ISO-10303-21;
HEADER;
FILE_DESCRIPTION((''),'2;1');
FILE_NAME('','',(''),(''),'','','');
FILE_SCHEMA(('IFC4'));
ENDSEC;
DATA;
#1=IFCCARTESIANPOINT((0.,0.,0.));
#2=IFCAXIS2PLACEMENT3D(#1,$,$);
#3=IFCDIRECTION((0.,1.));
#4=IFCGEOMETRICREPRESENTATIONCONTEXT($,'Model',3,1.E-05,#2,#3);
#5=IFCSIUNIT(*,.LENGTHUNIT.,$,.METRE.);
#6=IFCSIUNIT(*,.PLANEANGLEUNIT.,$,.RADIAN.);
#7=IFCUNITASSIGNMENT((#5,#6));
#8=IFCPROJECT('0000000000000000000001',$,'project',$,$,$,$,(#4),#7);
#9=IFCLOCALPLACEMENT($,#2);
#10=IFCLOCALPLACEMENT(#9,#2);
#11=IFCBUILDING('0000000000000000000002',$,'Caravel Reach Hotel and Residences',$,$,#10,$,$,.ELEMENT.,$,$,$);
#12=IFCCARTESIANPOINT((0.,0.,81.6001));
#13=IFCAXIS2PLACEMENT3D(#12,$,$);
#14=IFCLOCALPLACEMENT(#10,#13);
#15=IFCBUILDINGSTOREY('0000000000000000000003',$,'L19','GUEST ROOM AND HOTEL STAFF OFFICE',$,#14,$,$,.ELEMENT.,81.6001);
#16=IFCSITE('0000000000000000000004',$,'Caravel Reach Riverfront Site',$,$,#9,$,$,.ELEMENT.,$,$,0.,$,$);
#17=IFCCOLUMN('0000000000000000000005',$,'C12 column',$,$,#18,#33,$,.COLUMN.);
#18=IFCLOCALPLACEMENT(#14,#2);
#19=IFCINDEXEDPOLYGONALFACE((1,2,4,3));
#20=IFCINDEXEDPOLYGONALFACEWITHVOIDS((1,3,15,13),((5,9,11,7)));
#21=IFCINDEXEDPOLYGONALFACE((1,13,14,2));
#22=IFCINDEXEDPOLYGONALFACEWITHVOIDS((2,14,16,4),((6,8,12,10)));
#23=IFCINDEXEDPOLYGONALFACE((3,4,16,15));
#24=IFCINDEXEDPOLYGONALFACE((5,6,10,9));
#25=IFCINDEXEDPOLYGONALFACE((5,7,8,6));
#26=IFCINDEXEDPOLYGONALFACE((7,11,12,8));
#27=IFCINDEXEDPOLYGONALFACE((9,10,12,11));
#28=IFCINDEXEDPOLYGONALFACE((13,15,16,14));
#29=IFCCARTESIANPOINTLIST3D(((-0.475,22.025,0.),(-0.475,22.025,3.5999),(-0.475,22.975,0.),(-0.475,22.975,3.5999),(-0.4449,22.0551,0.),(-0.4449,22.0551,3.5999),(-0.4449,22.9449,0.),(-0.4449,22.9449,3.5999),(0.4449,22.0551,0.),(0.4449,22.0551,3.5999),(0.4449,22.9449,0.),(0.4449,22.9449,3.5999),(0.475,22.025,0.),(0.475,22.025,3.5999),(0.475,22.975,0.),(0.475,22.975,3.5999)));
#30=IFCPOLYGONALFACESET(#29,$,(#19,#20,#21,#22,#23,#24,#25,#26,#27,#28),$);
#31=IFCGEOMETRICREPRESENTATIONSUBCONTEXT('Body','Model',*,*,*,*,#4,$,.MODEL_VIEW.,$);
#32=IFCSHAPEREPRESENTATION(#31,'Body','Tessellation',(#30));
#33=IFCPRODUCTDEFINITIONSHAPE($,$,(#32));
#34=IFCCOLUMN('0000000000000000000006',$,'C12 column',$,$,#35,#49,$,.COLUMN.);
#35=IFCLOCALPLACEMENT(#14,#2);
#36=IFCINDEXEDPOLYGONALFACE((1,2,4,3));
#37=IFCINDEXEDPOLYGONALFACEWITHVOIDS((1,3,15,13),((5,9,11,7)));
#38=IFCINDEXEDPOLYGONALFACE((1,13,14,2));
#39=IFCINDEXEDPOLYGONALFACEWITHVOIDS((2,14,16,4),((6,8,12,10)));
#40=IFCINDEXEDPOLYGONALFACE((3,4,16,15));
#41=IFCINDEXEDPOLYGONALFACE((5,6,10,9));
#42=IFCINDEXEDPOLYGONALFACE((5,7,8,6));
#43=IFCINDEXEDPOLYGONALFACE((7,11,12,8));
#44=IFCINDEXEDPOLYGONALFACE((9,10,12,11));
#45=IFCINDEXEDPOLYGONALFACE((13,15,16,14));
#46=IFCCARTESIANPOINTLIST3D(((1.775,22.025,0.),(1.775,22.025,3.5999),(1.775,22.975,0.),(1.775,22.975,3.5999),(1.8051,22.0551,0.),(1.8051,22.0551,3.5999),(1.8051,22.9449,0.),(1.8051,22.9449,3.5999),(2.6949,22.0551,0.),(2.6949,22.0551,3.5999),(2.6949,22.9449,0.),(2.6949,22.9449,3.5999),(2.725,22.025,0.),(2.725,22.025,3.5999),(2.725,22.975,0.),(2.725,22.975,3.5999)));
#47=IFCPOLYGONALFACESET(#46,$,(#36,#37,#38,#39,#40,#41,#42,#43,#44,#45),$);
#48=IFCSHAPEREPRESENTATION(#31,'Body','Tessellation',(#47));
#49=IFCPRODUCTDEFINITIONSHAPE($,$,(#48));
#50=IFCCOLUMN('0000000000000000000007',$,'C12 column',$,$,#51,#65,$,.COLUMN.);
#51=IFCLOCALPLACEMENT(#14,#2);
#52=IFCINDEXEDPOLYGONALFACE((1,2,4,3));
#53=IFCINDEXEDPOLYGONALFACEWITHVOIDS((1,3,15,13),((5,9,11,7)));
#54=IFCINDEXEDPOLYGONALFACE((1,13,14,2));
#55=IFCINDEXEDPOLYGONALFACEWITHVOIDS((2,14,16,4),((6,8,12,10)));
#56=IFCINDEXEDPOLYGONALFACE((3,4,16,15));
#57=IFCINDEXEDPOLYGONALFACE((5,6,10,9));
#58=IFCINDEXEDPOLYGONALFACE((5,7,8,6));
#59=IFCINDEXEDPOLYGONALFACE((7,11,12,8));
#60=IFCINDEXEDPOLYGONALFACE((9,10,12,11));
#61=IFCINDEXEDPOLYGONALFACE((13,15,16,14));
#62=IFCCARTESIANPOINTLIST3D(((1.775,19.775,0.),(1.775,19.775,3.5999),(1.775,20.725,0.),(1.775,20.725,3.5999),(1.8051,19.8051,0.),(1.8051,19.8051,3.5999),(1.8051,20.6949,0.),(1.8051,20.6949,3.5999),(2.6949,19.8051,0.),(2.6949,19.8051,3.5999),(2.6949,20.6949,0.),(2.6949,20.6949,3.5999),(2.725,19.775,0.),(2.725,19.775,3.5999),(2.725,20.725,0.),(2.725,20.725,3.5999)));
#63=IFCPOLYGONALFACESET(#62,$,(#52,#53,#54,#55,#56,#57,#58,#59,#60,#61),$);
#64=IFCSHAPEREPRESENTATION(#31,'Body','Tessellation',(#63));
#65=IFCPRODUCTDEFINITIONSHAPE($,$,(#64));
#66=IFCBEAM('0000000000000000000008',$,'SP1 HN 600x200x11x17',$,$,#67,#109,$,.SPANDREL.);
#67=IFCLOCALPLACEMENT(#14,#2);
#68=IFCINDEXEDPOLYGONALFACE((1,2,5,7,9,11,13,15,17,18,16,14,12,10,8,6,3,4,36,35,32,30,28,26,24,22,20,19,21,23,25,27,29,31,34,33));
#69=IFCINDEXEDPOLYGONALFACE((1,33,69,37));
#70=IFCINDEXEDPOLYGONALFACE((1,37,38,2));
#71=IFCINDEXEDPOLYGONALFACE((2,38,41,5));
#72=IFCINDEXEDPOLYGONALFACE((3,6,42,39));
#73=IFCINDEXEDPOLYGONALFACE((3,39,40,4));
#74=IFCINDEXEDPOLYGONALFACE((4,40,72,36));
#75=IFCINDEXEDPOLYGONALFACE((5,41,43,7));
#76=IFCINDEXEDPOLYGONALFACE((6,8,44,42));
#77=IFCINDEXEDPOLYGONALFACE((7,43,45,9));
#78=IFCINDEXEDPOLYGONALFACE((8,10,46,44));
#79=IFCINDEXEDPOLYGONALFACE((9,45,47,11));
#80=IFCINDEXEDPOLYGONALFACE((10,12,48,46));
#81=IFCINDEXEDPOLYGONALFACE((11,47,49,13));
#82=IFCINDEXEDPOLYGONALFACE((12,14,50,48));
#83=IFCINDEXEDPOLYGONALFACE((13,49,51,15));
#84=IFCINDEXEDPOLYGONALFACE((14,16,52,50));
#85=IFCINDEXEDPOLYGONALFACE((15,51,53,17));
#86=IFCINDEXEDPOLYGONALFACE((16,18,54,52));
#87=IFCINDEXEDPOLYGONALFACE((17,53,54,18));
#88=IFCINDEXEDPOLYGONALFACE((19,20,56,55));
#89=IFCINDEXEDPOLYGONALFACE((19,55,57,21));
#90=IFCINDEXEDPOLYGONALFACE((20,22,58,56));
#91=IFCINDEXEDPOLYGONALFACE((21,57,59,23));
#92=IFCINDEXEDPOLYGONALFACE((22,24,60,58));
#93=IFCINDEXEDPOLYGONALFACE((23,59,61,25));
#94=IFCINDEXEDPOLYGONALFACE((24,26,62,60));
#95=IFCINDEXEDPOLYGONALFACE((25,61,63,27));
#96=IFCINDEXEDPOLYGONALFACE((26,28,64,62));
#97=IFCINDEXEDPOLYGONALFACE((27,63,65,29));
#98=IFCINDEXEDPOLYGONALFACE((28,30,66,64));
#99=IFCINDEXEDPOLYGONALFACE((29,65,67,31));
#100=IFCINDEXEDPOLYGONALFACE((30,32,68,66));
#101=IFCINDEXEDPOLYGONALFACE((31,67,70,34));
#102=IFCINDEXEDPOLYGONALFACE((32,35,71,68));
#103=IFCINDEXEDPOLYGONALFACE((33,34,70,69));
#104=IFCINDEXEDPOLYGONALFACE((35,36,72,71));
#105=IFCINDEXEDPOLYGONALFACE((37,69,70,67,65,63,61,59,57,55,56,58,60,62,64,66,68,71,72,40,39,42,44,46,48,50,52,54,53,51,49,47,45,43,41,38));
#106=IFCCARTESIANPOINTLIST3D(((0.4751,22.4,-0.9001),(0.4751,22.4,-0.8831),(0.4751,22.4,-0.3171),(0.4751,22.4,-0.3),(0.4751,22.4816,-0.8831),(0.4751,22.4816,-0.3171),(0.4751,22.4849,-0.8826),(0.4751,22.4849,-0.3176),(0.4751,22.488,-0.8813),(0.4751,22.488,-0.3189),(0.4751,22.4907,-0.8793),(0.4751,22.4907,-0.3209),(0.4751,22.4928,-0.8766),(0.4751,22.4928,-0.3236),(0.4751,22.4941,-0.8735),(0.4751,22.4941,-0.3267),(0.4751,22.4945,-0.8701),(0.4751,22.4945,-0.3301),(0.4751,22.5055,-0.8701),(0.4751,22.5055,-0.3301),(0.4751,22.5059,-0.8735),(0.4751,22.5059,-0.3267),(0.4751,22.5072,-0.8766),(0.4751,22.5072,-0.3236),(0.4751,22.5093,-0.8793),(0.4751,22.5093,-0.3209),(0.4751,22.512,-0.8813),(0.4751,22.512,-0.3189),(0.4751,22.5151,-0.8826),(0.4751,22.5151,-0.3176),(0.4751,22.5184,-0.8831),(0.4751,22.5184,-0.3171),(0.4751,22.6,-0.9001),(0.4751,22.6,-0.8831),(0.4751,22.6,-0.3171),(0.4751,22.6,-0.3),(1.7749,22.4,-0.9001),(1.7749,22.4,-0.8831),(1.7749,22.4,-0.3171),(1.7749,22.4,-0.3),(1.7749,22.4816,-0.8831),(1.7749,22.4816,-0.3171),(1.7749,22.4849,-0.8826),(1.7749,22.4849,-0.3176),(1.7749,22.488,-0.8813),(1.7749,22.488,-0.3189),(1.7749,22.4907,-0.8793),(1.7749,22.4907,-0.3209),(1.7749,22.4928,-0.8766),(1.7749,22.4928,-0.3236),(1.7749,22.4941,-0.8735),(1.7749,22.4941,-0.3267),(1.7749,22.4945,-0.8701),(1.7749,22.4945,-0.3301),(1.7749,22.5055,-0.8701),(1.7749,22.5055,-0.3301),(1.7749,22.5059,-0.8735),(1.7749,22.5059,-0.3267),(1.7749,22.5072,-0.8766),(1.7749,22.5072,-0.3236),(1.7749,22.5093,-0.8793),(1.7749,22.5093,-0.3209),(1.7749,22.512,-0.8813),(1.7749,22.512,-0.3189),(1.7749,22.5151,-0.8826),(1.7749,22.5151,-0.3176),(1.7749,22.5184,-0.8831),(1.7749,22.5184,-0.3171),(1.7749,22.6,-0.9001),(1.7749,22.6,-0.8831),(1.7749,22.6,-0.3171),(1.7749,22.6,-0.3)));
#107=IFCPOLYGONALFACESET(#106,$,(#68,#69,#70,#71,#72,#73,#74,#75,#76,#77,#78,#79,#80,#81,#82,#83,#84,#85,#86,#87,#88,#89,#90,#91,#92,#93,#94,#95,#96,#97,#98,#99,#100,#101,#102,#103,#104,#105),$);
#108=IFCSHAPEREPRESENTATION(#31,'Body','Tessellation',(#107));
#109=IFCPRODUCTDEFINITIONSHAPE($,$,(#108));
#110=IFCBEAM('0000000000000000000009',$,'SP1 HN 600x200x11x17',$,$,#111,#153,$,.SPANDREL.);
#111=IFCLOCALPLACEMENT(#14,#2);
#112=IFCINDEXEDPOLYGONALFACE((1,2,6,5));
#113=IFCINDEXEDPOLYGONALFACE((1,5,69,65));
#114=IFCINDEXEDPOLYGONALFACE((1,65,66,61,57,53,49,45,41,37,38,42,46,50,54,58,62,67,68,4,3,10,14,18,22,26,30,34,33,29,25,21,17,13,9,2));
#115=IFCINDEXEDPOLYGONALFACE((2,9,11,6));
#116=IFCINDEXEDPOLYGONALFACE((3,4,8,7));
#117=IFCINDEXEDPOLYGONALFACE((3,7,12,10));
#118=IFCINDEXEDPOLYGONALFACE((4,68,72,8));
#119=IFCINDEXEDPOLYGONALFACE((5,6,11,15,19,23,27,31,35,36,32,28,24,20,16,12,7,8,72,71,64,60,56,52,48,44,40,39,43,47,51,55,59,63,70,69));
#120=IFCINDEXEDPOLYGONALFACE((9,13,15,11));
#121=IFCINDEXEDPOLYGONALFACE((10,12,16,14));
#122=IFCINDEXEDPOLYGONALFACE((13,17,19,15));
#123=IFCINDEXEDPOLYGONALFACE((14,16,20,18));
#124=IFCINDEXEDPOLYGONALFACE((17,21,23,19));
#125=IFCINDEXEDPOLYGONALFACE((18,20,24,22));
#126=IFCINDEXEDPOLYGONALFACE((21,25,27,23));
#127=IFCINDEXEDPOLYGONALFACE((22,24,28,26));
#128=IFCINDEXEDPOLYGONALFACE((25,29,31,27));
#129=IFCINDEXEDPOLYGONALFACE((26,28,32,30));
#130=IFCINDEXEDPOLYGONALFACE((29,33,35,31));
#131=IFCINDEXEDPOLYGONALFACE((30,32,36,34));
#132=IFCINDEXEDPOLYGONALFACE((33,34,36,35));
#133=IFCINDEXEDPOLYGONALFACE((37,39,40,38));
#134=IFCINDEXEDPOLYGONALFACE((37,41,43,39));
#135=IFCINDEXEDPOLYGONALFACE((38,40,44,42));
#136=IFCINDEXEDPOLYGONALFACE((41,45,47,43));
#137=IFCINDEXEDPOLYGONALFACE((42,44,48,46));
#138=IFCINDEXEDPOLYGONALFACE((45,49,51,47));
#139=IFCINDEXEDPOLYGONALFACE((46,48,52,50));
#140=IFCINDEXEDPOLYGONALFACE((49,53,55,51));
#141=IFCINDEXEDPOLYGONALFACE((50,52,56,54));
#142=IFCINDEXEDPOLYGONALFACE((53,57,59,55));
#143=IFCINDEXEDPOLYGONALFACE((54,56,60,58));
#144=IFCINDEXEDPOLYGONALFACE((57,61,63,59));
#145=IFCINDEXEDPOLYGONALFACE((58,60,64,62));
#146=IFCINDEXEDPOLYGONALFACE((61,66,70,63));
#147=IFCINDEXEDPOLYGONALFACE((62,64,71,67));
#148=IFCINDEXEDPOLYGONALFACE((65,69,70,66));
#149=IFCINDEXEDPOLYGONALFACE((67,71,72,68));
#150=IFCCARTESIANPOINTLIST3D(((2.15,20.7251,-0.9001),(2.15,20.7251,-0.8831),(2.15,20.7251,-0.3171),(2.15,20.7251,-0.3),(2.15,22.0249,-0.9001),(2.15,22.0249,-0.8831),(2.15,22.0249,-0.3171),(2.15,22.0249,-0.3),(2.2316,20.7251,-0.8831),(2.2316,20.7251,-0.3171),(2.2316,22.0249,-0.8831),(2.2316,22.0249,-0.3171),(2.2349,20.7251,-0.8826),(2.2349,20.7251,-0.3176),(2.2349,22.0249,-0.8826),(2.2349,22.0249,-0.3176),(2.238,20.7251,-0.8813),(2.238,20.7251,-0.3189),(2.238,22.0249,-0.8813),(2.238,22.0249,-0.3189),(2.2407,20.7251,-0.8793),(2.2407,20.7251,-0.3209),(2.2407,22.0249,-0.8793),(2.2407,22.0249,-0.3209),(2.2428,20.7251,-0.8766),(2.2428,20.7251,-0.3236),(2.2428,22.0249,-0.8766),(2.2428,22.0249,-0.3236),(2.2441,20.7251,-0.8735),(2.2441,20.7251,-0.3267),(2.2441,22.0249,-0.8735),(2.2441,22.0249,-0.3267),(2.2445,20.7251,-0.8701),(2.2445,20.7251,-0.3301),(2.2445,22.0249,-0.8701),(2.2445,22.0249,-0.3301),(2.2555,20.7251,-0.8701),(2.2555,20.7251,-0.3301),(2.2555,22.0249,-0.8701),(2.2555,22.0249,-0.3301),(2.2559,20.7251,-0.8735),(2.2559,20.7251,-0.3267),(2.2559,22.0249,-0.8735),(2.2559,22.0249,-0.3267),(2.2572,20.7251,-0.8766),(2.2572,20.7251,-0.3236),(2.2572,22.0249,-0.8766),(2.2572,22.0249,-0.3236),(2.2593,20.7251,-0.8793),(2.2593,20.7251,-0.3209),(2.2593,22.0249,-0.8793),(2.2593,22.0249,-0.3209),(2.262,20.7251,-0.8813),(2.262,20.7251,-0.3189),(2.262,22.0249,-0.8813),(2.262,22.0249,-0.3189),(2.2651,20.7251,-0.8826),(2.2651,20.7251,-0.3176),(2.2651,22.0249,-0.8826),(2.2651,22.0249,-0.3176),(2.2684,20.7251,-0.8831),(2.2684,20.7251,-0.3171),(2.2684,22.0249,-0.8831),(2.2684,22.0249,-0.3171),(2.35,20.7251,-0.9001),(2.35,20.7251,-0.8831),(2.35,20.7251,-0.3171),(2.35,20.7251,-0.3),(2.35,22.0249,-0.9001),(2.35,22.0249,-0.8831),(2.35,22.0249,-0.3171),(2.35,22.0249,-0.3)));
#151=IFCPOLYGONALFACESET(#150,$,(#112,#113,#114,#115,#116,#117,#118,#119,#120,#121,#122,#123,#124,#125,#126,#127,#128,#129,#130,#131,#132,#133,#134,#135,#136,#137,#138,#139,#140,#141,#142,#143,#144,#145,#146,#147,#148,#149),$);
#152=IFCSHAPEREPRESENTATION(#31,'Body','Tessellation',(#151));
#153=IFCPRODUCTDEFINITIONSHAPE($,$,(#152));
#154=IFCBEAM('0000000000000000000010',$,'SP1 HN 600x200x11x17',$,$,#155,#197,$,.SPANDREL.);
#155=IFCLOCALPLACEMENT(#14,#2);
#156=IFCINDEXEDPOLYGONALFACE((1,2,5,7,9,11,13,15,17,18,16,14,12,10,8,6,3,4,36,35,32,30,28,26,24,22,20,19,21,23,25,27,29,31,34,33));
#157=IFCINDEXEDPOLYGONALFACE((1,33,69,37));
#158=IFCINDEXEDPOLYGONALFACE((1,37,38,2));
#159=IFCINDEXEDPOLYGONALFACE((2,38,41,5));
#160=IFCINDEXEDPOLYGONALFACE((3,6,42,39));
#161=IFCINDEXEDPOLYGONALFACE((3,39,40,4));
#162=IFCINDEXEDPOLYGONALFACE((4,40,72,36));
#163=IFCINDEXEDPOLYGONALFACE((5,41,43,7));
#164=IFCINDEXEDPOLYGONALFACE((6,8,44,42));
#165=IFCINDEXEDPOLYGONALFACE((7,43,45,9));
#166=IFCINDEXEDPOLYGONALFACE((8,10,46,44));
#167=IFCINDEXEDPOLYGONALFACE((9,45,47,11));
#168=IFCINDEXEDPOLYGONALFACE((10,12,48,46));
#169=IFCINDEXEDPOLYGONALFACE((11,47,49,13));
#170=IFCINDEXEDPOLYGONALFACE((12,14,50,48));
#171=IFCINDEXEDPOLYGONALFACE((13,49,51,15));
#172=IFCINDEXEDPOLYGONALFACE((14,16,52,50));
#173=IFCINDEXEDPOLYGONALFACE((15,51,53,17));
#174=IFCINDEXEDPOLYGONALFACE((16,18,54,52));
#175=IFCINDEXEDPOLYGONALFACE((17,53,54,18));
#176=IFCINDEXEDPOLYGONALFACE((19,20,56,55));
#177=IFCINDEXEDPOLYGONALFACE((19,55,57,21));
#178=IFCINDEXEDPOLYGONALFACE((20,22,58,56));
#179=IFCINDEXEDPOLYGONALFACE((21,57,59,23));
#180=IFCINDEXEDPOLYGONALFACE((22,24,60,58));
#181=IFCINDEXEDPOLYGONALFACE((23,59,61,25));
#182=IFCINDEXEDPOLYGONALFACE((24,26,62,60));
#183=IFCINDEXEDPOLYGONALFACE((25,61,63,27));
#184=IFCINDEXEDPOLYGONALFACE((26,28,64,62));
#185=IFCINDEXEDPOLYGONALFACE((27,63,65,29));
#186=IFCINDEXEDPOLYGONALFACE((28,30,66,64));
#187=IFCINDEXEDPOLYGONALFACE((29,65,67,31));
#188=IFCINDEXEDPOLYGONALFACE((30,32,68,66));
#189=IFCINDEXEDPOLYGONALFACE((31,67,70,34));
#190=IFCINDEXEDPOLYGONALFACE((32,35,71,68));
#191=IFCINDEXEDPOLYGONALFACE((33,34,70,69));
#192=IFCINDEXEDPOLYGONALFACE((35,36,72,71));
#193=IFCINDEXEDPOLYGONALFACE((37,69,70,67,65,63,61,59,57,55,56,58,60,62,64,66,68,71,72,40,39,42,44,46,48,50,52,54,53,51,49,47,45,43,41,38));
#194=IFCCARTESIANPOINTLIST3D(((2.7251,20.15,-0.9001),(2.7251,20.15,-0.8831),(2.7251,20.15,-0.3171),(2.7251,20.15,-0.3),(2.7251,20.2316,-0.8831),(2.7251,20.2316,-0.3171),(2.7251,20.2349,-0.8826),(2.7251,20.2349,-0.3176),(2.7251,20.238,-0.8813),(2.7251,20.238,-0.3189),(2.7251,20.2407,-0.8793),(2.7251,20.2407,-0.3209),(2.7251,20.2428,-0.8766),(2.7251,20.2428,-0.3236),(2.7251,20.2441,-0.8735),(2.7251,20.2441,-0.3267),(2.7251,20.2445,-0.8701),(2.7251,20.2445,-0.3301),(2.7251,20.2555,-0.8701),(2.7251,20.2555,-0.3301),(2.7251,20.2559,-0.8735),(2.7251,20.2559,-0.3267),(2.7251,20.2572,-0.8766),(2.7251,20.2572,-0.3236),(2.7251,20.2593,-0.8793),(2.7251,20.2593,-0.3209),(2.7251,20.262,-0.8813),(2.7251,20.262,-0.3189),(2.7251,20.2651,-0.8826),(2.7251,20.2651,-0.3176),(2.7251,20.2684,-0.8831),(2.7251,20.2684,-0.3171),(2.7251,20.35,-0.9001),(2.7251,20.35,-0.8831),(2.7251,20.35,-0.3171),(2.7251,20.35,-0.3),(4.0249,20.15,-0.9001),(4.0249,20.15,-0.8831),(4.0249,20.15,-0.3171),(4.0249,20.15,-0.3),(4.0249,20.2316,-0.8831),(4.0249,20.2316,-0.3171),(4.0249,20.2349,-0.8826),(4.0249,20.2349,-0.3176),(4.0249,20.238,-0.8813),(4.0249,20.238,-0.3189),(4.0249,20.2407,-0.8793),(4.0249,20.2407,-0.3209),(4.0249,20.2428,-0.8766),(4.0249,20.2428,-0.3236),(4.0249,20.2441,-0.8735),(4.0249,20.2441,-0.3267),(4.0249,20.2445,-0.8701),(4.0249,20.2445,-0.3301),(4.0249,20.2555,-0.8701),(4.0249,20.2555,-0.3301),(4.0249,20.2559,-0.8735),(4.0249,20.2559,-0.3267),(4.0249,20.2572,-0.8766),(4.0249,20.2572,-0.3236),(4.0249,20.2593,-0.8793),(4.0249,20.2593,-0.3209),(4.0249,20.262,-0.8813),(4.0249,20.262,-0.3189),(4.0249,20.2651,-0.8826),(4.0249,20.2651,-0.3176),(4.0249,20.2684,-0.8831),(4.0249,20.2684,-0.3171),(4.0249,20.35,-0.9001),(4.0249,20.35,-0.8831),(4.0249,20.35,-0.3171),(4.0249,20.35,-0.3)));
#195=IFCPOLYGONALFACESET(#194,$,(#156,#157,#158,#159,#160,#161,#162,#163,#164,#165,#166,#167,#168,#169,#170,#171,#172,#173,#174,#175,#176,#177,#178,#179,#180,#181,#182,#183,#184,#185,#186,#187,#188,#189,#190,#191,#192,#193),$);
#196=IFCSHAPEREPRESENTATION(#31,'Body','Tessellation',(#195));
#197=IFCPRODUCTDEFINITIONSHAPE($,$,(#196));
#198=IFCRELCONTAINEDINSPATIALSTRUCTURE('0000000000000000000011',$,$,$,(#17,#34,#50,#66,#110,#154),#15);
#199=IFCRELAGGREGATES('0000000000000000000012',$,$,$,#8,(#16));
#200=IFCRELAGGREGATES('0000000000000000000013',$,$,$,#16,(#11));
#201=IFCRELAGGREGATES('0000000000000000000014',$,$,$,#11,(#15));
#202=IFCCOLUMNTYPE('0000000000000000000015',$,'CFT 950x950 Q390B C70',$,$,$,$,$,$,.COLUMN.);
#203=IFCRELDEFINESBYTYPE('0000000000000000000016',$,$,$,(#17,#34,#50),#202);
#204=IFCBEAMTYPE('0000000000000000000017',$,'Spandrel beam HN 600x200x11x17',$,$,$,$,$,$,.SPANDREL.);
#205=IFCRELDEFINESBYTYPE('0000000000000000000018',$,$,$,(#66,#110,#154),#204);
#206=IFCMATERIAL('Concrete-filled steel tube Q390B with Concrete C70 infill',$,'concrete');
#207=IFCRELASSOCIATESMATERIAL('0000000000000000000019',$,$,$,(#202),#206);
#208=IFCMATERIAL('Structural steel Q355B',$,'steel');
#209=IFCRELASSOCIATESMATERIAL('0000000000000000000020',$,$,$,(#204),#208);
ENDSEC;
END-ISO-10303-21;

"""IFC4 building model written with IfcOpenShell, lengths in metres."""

from ifc_helpers import new_model, si_unit, direction, frame, origin, origin_2d, place, context, subcontext, project, spatial, hollow_rectangle, i_section, extrude, material, material_profile, profile_set, type_object, element, save


model = new_model("IFC4")

# Units and contexts
model_context = context("Model", 3, precision=1e-05, world=origin(), true_north=direction((0.0, 1.0)))
body_context = subcontext(model_context, "Body", "Model", "MODEL_VIEW")
ifc_project = project(units=[si_unit("LENGTHUNIT", "METRE"), si_unit("PLANEANGLEUNIT", "RADIAN")], contexts=[model_context])

# Site, building, storey
site_placement = place(None, origin())
site = spatial("IfcSite", under=ifc_project, at=site_placement, Name="Caravel Reach Riverfront Site", CompositionType="ELEMENT", RefElevation=0.0)
building_placement = place(site_placement, origin())
building = spatial("IfcBuilding", under=site, at=building_placement, Name="Caravel Reach Hotel and Residences", CompositionType="ELEMENT")
storey_placement = place(building_placement, frame((0.0, 0.0, 81.6001)))
storey = spatial("IfcBuildingStorey", under=building, at=storey_placement, Name="L19", Description="GUEST ROOM AND HOTEL STAFF OFFICE", CompositionType="ELEMENT", Elevation=81.6001)

# Columns
ifc_material_1 = material(Name="Concrete-filled steel tube Q390B with Concrete C70 infill", Category="concrete")
ifc_material_profile_1 = material_profile(ifc_material_1, hollow_rectangle(XDim=0.95, YDim=0.95, WallThickness=0.03, at=origin_2d()), Name="RHS 950x950x30")
ifc_profile_set_1 = profile_set([ifc_material_profile_1], Name="Concrete-filled steel tube Q390B with Concrete C70 infill")
column_type = type_object("IfcColumnType", Name="CFT 950x950 Q390B C70", PredefinedType="COLUMN", material=ifc_profile_set_1)
for number, where, z_axis, x_axis, name in (
    (1, (0.0, 22.5, 0.0), (0.0, 0.0, 1.0), (1.0, 0.0, 0.0), "C12 column"),
    (2, (2.25, 22.5, 0.0), (0.0, 0.0, 1.0), (1.0, 0.0, 0.0), "C12 column"),
    (3, (2.25, 20.25, 0.0), (0.0, 0.0, 1.0), (1.0, 0.0, 0.0), "C12 column"),
):
    element("IfcColumn", number, at=place(storey_placement, frame(where, z_axis=z_axis, x_axis=x_axis)), inside=storey, type_object=column_type, Name=name, PredefinedType="COLUMN", context=body_context, shape_type="SweptSolid", body=[
        extrude(hollow_rectangle(XDim=0.95, YDim=0.95, WallThickness=0.03, at=origin_2d()), origin(), (0.0, 0.0, 1.0), 3.5999),
    ])

# Beams
ifc_material_2 = material(Name="Structural steel Q355B", Category="steel")
ifc_material_profile_2 = material_profile(ifc_material_2, i_section(OverallWidth=0.2, OverallDepth=0.6001, WebThickness=0.011, FlangeThickness=0.0171, FilletRadius=0.0129, at=origin_2d()), Name="HN 600x200x11x17")
ifc_profile_set_2 = profile_set([ifc_material_profile_2], Name="Structural steel Q355B")
beam_type = type_object("IfcBeamType", Name="Spandrel beam HN 600x200x11x17", PredefinedType="SPANDREL", material=ifc_profile_set_2)
for number, where, z_axis, x_axis, name in (
    (4, (0.4751, 22.5, -0.6001), (1.0, 0.0, 0.0), (0.0, 1.0, 0.0), "SP1 HN 600x200x11x17"),
    (5, (2.25, 22.0249, -0.6001), (0.0, -1.0, 0.0), (1.0, 0.0, 0.0), "SP1 HN 600x200x11x17"),
    (6, (2.7251, 20.25, -0.6001), (1.0, 0.0, 0.0), (0.0, 1.0, 0.0), "SP1 HN 600x200x11x17"),
):
    element("IfcBeam", number, at=place(storey_placement, frame(where, z_axis=z_axis, x_axis=x_axis)), inside=storey, type_object=beam_type, Name=name, PredefinedType="SPANDREL", context=body_context, shape_type="SweptSolid", body=[
        extrude(i_section(OverallWidth=0.2, OverallDepth=0.6001, WebThickness=0.011, FlangeThickness=0.0171, FilletRadius=0.0129, at=origin_2d()), origin(), (0.0, 0.0, 1.0), 1.2998),
    ])

save(model, "model.ifc")
